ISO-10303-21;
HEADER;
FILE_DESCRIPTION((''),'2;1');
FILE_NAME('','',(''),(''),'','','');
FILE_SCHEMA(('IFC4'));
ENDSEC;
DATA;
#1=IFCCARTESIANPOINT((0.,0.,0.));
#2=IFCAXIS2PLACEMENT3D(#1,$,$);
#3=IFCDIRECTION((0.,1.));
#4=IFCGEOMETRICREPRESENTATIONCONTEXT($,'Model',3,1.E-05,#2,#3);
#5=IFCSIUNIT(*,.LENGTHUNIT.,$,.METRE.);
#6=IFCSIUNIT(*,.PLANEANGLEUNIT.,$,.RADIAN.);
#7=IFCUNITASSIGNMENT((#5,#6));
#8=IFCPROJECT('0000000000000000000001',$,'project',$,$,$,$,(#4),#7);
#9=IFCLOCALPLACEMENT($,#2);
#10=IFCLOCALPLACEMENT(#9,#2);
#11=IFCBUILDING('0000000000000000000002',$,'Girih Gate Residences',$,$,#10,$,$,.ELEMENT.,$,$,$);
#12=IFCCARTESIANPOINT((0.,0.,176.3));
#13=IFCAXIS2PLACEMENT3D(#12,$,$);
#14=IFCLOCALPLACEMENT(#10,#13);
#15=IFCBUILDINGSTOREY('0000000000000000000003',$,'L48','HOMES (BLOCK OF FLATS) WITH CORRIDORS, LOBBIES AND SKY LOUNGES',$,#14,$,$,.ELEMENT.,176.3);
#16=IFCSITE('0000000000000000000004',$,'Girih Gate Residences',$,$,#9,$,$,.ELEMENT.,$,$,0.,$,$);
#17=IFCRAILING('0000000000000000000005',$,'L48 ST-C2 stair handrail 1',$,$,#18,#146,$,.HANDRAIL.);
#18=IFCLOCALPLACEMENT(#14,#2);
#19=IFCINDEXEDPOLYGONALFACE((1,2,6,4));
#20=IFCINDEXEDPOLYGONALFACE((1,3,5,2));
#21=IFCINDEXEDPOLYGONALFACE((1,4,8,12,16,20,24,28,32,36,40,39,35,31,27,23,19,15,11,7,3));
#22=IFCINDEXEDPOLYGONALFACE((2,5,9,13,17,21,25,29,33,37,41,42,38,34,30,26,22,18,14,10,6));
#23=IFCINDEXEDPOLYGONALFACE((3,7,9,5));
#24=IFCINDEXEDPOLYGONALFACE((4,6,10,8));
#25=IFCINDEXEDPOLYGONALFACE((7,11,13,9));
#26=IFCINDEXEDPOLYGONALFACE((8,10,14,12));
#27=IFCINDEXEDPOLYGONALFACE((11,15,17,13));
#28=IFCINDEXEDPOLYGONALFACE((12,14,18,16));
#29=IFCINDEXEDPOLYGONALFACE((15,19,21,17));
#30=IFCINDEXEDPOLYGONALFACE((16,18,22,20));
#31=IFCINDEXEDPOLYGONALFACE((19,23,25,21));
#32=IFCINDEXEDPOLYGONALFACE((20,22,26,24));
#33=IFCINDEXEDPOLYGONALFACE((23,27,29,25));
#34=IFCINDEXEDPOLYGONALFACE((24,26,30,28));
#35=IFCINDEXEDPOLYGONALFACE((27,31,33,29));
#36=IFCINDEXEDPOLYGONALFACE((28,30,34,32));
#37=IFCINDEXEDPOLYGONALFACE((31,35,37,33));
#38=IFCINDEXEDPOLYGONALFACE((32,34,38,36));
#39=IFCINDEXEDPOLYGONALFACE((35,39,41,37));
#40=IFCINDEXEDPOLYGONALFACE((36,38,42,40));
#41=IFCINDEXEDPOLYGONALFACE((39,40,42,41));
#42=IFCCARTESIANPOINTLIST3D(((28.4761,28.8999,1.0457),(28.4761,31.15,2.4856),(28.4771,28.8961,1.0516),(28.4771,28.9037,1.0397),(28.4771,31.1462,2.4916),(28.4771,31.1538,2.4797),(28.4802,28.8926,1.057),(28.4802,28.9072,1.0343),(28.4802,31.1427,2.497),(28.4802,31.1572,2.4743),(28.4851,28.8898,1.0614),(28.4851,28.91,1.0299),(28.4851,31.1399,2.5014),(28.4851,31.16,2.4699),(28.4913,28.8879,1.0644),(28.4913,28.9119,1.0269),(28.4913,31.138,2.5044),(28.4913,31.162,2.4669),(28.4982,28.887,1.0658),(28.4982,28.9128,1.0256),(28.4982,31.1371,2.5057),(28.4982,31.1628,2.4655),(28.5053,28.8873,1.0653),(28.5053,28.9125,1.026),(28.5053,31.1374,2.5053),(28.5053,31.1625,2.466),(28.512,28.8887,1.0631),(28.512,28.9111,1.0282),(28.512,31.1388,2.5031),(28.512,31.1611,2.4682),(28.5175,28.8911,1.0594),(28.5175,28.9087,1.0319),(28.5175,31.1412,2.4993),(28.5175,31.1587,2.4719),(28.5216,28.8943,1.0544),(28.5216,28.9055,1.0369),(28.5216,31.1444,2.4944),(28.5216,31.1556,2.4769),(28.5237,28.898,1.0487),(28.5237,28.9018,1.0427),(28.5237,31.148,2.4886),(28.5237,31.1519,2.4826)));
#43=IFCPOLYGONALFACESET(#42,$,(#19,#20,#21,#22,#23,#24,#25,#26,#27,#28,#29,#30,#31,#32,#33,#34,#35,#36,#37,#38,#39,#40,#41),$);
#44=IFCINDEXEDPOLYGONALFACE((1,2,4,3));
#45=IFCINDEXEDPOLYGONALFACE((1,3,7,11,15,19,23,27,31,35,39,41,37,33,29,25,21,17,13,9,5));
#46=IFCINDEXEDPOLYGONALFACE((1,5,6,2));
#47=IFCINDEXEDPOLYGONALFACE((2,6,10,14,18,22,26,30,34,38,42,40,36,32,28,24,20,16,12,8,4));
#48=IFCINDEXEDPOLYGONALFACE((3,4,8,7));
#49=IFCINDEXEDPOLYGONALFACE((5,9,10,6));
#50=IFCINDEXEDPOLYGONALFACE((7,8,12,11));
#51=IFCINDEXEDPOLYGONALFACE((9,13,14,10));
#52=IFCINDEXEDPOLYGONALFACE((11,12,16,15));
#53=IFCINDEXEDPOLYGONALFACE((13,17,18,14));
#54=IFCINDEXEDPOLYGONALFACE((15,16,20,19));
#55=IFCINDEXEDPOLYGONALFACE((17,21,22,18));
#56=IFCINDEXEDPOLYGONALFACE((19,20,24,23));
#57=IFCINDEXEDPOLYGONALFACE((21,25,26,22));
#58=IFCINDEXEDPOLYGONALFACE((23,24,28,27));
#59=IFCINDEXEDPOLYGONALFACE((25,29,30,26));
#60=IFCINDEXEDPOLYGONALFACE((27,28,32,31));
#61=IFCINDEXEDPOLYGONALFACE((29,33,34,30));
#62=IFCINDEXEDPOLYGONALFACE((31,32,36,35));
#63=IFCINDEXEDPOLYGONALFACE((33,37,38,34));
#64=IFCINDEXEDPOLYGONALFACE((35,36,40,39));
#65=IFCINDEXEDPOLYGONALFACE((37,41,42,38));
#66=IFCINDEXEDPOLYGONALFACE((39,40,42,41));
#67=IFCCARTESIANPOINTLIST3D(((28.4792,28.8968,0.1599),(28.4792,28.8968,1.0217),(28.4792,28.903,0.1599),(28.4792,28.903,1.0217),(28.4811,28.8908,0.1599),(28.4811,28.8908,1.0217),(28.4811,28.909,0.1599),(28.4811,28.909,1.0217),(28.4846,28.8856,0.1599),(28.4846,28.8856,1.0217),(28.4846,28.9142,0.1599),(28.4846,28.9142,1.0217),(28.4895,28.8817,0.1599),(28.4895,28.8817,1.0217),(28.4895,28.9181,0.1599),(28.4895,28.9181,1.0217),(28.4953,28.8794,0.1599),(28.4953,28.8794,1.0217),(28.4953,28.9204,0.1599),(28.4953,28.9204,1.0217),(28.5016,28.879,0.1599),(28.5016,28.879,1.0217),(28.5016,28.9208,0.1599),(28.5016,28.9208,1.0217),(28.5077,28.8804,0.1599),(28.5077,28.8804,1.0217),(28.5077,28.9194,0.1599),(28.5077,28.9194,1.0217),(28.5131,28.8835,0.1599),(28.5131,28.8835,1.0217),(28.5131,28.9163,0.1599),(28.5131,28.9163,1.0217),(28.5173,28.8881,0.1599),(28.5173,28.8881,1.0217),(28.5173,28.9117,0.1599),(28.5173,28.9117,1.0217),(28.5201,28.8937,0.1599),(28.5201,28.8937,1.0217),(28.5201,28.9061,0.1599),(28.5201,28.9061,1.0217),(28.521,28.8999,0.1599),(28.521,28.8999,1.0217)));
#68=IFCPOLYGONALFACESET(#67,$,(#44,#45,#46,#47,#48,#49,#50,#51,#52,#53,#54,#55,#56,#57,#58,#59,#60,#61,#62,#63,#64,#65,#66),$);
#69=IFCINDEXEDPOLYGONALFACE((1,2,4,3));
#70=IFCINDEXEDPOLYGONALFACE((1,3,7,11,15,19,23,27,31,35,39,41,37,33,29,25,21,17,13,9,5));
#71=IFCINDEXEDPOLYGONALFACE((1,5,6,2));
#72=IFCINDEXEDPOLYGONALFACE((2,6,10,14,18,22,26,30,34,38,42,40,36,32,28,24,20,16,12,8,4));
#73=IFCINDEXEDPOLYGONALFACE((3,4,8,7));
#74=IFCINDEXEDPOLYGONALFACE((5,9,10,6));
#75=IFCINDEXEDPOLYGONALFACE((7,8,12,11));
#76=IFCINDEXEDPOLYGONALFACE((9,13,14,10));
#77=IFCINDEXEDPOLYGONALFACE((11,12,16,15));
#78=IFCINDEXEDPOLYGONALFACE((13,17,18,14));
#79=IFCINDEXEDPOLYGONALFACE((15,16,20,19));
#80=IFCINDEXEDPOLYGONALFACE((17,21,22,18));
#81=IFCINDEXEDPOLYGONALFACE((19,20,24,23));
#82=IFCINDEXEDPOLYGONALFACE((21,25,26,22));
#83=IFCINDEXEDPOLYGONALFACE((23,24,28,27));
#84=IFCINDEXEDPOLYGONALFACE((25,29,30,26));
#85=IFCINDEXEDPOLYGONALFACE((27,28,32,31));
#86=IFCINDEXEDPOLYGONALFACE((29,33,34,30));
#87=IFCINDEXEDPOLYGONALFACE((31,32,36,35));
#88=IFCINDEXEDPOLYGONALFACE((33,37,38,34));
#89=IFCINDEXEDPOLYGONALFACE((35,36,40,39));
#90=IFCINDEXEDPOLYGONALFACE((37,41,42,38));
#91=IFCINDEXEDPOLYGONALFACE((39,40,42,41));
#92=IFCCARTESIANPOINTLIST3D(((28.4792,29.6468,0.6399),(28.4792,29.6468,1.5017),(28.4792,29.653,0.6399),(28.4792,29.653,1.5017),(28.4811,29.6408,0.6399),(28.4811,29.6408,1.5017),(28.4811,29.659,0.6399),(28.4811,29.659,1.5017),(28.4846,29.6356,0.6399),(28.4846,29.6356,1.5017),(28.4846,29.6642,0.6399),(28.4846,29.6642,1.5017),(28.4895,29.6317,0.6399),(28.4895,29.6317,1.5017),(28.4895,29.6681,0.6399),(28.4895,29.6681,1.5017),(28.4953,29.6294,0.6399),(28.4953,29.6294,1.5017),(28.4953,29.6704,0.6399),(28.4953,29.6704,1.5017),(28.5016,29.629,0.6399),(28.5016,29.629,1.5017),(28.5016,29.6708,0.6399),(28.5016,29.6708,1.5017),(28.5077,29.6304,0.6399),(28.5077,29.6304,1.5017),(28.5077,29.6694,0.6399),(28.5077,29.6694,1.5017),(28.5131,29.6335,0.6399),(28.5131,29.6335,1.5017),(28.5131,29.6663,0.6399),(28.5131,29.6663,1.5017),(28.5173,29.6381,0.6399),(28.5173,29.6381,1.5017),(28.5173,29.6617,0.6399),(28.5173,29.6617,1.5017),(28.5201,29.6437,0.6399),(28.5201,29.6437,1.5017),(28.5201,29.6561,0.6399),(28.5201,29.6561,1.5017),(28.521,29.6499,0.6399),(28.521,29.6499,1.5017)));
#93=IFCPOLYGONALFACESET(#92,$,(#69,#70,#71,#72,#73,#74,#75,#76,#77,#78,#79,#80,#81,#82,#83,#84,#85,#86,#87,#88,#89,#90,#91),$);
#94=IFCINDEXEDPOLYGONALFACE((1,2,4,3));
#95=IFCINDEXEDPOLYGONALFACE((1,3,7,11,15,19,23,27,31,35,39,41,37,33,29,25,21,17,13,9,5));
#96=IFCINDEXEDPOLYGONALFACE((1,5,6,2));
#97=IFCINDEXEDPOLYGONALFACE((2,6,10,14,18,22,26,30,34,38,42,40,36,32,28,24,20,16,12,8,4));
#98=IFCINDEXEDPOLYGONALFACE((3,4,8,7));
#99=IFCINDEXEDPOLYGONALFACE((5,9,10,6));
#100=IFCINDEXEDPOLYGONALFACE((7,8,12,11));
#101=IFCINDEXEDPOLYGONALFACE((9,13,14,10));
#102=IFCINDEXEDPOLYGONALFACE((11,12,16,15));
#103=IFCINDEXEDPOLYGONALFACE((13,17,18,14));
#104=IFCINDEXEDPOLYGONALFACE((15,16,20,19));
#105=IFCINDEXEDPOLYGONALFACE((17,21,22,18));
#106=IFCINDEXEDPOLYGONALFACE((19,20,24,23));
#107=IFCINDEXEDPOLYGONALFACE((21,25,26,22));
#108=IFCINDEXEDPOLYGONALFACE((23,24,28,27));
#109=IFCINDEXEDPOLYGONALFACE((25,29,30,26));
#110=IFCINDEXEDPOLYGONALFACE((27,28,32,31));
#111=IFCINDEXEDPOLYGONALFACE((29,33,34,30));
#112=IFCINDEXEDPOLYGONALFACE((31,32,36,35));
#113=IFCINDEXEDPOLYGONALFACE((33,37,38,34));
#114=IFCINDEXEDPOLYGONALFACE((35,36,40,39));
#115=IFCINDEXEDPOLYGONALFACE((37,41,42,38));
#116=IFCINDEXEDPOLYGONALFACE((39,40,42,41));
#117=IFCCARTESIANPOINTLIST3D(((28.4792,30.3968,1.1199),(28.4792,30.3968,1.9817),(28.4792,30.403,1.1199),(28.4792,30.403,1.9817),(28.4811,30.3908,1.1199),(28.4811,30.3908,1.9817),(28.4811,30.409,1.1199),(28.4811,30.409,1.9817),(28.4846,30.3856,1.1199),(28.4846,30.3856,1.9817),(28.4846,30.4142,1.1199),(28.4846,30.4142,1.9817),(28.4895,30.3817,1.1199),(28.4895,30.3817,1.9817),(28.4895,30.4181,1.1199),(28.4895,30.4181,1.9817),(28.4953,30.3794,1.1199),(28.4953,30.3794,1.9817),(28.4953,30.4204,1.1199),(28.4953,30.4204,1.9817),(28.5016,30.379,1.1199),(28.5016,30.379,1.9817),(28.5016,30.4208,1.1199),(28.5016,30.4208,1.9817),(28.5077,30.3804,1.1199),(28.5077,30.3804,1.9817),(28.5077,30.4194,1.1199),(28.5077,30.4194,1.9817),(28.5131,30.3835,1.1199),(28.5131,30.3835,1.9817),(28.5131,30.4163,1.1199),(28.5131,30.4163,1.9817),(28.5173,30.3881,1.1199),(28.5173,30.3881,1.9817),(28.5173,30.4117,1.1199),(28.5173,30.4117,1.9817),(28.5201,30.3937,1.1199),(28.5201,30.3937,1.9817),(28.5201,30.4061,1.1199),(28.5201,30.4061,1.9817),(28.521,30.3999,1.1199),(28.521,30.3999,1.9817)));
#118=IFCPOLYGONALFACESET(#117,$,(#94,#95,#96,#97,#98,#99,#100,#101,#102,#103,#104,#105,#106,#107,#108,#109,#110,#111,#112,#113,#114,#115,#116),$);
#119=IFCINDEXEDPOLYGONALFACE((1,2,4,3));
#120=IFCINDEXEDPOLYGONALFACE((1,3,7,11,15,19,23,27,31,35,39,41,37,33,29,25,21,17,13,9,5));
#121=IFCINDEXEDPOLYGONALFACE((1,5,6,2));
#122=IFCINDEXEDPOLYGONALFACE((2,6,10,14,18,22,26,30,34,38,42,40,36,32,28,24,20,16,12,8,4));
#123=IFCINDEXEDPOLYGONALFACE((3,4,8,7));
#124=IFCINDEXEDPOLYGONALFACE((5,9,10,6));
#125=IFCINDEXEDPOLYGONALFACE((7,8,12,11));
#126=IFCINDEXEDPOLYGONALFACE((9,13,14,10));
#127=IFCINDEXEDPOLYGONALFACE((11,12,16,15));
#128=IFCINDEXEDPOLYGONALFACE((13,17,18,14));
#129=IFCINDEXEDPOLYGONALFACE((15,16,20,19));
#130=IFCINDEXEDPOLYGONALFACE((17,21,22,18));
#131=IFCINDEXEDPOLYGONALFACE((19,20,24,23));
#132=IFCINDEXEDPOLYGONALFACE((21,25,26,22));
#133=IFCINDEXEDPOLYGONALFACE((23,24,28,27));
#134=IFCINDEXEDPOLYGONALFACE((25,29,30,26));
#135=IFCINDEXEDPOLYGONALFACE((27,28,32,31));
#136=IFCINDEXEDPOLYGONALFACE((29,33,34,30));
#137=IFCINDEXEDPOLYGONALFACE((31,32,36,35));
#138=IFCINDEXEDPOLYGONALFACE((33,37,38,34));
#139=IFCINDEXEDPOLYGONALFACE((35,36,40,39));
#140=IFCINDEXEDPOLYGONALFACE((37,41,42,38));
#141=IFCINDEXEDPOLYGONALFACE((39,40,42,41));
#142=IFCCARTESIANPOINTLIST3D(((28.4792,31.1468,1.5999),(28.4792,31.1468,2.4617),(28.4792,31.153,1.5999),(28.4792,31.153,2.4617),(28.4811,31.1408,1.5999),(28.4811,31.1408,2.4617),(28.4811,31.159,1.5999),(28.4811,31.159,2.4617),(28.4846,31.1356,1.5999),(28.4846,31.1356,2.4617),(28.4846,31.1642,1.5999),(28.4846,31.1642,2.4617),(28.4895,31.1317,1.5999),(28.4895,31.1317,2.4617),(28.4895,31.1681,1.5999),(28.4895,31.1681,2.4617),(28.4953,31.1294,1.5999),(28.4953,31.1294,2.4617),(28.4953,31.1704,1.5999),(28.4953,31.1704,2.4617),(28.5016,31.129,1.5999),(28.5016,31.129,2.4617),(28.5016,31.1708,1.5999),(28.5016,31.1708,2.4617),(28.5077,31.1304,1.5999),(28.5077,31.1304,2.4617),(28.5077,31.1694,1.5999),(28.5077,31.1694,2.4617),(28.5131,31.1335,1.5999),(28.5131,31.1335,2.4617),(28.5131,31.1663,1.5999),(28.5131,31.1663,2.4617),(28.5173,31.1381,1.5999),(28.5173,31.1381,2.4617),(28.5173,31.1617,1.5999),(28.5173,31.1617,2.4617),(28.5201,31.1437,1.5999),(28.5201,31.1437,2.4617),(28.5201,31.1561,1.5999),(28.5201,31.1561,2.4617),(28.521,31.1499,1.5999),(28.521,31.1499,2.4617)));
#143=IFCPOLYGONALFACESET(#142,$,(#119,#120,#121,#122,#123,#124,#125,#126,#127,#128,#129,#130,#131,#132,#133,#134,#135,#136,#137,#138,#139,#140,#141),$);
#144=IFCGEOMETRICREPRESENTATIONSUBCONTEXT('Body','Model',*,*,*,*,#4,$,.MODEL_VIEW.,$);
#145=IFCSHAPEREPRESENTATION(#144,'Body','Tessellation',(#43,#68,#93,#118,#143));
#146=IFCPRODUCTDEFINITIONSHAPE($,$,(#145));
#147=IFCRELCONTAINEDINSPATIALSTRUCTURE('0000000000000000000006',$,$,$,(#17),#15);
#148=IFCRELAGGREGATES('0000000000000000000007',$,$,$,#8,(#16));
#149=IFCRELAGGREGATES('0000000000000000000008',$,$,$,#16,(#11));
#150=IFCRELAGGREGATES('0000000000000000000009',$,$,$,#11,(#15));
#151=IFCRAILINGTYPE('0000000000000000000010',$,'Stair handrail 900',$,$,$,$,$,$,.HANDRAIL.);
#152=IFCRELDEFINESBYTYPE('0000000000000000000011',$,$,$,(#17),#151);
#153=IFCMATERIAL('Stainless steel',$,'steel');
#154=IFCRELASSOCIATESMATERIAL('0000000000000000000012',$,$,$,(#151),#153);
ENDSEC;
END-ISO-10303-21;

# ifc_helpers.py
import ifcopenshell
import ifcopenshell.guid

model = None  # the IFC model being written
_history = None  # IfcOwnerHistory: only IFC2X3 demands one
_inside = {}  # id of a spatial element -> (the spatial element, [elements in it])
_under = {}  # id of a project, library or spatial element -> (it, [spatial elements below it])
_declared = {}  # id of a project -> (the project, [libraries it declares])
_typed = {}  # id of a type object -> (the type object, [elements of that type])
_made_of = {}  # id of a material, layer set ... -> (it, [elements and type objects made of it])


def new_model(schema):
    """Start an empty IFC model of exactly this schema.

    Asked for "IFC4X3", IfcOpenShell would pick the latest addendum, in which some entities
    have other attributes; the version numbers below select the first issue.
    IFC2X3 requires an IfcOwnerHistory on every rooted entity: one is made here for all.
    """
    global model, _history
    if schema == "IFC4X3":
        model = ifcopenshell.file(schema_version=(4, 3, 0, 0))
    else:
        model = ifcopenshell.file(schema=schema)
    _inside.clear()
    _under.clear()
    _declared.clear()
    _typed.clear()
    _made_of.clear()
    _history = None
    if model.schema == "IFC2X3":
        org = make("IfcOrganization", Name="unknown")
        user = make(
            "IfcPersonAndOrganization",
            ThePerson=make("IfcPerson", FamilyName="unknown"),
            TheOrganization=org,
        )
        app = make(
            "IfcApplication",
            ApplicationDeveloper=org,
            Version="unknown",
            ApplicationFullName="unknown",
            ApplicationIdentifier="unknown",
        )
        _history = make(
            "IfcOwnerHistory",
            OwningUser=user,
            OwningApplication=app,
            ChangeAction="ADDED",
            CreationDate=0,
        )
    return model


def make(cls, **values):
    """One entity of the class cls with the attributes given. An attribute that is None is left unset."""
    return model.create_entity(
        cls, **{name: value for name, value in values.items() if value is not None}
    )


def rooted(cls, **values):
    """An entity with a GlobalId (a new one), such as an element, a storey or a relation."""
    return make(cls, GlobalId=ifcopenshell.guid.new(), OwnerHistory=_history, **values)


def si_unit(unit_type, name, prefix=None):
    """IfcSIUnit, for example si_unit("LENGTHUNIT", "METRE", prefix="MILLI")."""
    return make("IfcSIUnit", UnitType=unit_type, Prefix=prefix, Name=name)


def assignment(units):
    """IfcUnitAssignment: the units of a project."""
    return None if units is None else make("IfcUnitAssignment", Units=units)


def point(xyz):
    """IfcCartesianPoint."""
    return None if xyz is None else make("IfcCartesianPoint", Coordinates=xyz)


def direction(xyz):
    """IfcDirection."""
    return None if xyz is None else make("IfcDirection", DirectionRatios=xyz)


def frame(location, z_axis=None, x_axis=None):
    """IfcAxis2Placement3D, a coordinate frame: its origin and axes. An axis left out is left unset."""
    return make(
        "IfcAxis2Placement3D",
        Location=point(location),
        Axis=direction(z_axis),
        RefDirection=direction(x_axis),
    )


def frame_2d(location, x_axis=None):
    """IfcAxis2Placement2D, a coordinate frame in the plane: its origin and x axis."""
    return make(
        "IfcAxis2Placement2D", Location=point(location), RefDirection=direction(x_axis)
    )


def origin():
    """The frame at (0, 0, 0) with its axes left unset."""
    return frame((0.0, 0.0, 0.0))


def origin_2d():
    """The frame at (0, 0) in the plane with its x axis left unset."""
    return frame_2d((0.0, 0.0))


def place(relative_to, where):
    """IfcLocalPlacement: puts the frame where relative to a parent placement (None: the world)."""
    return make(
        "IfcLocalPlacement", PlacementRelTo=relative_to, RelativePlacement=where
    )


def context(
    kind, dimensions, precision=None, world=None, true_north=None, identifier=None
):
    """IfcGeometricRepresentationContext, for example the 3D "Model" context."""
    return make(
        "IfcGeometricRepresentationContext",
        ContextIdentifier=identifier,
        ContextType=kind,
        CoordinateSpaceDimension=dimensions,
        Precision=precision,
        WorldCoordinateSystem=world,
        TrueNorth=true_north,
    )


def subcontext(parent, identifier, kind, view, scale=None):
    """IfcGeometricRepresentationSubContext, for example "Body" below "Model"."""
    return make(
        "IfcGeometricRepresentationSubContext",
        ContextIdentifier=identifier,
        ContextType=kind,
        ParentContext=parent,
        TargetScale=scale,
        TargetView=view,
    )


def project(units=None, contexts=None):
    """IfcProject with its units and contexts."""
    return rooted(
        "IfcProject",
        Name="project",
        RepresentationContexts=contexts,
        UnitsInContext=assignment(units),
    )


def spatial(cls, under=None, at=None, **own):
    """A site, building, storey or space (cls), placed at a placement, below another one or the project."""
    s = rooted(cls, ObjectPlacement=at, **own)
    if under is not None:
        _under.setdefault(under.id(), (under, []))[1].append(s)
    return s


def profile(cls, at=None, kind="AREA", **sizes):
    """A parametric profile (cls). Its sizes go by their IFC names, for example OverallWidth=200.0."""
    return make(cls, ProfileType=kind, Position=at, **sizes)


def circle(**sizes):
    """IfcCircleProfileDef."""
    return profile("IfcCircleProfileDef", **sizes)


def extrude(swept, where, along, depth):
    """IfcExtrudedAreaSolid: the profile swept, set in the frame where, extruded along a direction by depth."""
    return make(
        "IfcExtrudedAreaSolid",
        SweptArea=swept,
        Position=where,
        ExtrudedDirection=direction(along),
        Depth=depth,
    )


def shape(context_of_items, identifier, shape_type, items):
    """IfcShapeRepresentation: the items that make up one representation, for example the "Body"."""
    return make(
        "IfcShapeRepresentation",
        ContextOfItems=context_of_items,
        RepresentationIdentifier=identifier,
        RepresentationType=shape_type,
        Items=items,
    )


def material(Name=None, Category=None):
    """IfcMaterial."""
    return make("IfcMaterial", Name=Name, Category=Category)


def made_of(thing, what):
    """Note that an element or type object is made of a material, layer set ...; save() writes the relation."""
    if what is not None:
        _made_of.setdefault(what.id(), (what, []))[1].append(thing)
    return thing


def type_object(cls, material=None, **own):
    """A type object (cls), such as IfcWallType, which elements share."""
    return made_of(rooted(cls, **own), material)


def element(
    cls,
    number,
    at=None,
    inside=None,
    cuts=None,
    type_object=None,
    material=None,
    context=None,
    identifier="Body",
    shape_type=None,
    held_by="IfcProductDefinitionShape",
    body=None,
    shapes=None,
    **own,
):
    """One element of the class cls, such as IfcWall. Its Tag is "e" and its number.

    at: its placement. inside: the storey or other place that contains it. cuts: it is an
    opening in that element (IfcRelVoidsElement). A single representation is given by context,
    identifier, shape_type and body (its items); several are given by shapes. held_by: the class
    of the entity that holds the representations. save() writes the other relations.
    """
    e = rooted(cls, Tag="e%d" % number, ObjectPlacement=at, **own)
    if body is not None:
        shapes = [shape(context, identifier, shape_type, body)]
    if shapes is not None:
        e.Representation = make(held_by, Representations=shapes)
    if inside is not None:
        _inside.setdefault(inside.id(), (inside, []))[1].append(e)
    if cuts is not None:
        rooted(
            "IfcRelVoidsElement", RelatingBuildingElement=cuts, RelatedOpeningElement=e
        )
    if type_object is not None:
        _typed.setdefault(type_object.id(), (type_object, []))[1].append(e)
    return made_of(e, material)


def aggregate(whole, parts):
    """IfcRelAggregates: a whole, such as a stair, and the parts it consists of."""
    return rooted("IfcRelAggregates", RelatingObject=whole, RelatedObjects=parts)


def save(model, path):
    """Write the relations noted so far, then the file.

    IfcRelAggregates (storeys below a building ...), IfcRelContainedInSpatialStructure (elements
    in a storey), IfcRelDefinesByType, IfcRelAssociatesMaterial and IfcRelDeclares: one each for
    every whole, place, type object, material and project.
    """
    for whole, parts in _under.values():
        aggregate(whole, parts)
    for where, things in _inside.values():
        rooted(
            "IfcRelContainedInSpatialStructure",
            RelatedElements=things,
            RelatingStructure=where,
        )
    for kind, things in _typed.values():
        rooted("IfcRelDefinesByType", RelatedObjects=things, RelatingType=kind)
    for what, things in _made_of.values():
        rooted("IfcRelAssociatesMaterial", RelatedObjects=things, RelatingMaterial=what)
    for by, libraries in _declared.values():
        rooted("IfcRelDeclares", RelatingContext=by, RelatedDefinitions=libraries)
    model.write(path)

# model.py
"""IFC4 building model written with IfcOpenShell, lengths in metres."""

from ifc_helpers import new_model, si_unit, direction, frame, origin, origin_2d, place, context, subcontext, project, spatial, circle, extrude, material, type_object, element, save


model = new_model("IFC4")

# Units and contexts
model_context = context("Model", 3, precision=1e-05, world=origin(), true_north=direction((0.0, 1.0)))
body_context = subcontext(model_context, "Body", "Model", "MODEL_VIEW")
ifc_project = project(units=[si_unit("LENGTHUNIT", "METRE"), si_unit("PLANEANGLEUNIT", "RADIAN")], contexts=[model_context])

# Site, building, storey
site_placement = place(None, origin())
site = spatial("IfcSite", under=ifc_project, at=site_placement, Name="Girih Gate Residences", CompositionType="ELEMENT", RefElevation=0.0)
building_placement = place(site_placement, origin())
building = spatial("IfcBuilding", under=site, at=building_placement, Name="Girih Gate Residences", CompositionType="ELEMENT")
storey_placement = place(building_placement, frame((0.0, 0.0, 176.3)))
storey = spatial("IfcBuildingStorey", under=building, at=storey_placement, Name="L48", Description="HOMES (BLOCK OF FLATS) WITH CORRIDORS, LOBBIES AND SKY LOUNGES", CompositionType="ELEMENT", Elevation=176.3)

# Railing
ifc_material_1 = material(Name="Stainless steel", Category="steel")
railing_type_1 = type_object("IfcRailingType", Name="Stair handrail 900", PredefinedType="HANDRAIL", material=ifc_material_1)
railing_1_placement = place(storey_placement, frame((28.5, 28.8999, 0.1599)))
element("IfcRailing", 1, at=railing_1_placement, inside=storey, type_object=railing_type_1, Name="L48 ST-C2 stair handrail 1", PredefinedType="HANDRAIL", context=body_context, shape_type="SweptSolid", body=[
    extrude(circle(Radius=0.0239, at=origin_2d()), frame((0.0, 0.0, 0.8857), z_axis=(0.0, 0.842281, 0.539038), x_axis=(-1.0, 0.0, 0.0)), (0.0, 0.0, 1.0), 2.6714),
    extrude(circle(Radius=0.021, at=origin_2d()), origin(), (0.0, 0.0, 1.0), 0.8618),
    extrude(circle(Radius=0.021, at=origin_2d()), frame((0.0, 0.75, 0.48)), (0.0, 0.0, 1.0), 0.8618),
    extrude(circle(Radius=0.021, at=origin_2d()), frame((0.0, 1.5, 0.96)), (0.0, 0.0, 1.0), 0.8618),
    extrude(circle(Radius=0.021, at=origin_2d()), frame((0.0, 2.25, 1.4399)), (0.0, 0.0, 1.0), 0.8618),
])

save(model, "model.ifc")
